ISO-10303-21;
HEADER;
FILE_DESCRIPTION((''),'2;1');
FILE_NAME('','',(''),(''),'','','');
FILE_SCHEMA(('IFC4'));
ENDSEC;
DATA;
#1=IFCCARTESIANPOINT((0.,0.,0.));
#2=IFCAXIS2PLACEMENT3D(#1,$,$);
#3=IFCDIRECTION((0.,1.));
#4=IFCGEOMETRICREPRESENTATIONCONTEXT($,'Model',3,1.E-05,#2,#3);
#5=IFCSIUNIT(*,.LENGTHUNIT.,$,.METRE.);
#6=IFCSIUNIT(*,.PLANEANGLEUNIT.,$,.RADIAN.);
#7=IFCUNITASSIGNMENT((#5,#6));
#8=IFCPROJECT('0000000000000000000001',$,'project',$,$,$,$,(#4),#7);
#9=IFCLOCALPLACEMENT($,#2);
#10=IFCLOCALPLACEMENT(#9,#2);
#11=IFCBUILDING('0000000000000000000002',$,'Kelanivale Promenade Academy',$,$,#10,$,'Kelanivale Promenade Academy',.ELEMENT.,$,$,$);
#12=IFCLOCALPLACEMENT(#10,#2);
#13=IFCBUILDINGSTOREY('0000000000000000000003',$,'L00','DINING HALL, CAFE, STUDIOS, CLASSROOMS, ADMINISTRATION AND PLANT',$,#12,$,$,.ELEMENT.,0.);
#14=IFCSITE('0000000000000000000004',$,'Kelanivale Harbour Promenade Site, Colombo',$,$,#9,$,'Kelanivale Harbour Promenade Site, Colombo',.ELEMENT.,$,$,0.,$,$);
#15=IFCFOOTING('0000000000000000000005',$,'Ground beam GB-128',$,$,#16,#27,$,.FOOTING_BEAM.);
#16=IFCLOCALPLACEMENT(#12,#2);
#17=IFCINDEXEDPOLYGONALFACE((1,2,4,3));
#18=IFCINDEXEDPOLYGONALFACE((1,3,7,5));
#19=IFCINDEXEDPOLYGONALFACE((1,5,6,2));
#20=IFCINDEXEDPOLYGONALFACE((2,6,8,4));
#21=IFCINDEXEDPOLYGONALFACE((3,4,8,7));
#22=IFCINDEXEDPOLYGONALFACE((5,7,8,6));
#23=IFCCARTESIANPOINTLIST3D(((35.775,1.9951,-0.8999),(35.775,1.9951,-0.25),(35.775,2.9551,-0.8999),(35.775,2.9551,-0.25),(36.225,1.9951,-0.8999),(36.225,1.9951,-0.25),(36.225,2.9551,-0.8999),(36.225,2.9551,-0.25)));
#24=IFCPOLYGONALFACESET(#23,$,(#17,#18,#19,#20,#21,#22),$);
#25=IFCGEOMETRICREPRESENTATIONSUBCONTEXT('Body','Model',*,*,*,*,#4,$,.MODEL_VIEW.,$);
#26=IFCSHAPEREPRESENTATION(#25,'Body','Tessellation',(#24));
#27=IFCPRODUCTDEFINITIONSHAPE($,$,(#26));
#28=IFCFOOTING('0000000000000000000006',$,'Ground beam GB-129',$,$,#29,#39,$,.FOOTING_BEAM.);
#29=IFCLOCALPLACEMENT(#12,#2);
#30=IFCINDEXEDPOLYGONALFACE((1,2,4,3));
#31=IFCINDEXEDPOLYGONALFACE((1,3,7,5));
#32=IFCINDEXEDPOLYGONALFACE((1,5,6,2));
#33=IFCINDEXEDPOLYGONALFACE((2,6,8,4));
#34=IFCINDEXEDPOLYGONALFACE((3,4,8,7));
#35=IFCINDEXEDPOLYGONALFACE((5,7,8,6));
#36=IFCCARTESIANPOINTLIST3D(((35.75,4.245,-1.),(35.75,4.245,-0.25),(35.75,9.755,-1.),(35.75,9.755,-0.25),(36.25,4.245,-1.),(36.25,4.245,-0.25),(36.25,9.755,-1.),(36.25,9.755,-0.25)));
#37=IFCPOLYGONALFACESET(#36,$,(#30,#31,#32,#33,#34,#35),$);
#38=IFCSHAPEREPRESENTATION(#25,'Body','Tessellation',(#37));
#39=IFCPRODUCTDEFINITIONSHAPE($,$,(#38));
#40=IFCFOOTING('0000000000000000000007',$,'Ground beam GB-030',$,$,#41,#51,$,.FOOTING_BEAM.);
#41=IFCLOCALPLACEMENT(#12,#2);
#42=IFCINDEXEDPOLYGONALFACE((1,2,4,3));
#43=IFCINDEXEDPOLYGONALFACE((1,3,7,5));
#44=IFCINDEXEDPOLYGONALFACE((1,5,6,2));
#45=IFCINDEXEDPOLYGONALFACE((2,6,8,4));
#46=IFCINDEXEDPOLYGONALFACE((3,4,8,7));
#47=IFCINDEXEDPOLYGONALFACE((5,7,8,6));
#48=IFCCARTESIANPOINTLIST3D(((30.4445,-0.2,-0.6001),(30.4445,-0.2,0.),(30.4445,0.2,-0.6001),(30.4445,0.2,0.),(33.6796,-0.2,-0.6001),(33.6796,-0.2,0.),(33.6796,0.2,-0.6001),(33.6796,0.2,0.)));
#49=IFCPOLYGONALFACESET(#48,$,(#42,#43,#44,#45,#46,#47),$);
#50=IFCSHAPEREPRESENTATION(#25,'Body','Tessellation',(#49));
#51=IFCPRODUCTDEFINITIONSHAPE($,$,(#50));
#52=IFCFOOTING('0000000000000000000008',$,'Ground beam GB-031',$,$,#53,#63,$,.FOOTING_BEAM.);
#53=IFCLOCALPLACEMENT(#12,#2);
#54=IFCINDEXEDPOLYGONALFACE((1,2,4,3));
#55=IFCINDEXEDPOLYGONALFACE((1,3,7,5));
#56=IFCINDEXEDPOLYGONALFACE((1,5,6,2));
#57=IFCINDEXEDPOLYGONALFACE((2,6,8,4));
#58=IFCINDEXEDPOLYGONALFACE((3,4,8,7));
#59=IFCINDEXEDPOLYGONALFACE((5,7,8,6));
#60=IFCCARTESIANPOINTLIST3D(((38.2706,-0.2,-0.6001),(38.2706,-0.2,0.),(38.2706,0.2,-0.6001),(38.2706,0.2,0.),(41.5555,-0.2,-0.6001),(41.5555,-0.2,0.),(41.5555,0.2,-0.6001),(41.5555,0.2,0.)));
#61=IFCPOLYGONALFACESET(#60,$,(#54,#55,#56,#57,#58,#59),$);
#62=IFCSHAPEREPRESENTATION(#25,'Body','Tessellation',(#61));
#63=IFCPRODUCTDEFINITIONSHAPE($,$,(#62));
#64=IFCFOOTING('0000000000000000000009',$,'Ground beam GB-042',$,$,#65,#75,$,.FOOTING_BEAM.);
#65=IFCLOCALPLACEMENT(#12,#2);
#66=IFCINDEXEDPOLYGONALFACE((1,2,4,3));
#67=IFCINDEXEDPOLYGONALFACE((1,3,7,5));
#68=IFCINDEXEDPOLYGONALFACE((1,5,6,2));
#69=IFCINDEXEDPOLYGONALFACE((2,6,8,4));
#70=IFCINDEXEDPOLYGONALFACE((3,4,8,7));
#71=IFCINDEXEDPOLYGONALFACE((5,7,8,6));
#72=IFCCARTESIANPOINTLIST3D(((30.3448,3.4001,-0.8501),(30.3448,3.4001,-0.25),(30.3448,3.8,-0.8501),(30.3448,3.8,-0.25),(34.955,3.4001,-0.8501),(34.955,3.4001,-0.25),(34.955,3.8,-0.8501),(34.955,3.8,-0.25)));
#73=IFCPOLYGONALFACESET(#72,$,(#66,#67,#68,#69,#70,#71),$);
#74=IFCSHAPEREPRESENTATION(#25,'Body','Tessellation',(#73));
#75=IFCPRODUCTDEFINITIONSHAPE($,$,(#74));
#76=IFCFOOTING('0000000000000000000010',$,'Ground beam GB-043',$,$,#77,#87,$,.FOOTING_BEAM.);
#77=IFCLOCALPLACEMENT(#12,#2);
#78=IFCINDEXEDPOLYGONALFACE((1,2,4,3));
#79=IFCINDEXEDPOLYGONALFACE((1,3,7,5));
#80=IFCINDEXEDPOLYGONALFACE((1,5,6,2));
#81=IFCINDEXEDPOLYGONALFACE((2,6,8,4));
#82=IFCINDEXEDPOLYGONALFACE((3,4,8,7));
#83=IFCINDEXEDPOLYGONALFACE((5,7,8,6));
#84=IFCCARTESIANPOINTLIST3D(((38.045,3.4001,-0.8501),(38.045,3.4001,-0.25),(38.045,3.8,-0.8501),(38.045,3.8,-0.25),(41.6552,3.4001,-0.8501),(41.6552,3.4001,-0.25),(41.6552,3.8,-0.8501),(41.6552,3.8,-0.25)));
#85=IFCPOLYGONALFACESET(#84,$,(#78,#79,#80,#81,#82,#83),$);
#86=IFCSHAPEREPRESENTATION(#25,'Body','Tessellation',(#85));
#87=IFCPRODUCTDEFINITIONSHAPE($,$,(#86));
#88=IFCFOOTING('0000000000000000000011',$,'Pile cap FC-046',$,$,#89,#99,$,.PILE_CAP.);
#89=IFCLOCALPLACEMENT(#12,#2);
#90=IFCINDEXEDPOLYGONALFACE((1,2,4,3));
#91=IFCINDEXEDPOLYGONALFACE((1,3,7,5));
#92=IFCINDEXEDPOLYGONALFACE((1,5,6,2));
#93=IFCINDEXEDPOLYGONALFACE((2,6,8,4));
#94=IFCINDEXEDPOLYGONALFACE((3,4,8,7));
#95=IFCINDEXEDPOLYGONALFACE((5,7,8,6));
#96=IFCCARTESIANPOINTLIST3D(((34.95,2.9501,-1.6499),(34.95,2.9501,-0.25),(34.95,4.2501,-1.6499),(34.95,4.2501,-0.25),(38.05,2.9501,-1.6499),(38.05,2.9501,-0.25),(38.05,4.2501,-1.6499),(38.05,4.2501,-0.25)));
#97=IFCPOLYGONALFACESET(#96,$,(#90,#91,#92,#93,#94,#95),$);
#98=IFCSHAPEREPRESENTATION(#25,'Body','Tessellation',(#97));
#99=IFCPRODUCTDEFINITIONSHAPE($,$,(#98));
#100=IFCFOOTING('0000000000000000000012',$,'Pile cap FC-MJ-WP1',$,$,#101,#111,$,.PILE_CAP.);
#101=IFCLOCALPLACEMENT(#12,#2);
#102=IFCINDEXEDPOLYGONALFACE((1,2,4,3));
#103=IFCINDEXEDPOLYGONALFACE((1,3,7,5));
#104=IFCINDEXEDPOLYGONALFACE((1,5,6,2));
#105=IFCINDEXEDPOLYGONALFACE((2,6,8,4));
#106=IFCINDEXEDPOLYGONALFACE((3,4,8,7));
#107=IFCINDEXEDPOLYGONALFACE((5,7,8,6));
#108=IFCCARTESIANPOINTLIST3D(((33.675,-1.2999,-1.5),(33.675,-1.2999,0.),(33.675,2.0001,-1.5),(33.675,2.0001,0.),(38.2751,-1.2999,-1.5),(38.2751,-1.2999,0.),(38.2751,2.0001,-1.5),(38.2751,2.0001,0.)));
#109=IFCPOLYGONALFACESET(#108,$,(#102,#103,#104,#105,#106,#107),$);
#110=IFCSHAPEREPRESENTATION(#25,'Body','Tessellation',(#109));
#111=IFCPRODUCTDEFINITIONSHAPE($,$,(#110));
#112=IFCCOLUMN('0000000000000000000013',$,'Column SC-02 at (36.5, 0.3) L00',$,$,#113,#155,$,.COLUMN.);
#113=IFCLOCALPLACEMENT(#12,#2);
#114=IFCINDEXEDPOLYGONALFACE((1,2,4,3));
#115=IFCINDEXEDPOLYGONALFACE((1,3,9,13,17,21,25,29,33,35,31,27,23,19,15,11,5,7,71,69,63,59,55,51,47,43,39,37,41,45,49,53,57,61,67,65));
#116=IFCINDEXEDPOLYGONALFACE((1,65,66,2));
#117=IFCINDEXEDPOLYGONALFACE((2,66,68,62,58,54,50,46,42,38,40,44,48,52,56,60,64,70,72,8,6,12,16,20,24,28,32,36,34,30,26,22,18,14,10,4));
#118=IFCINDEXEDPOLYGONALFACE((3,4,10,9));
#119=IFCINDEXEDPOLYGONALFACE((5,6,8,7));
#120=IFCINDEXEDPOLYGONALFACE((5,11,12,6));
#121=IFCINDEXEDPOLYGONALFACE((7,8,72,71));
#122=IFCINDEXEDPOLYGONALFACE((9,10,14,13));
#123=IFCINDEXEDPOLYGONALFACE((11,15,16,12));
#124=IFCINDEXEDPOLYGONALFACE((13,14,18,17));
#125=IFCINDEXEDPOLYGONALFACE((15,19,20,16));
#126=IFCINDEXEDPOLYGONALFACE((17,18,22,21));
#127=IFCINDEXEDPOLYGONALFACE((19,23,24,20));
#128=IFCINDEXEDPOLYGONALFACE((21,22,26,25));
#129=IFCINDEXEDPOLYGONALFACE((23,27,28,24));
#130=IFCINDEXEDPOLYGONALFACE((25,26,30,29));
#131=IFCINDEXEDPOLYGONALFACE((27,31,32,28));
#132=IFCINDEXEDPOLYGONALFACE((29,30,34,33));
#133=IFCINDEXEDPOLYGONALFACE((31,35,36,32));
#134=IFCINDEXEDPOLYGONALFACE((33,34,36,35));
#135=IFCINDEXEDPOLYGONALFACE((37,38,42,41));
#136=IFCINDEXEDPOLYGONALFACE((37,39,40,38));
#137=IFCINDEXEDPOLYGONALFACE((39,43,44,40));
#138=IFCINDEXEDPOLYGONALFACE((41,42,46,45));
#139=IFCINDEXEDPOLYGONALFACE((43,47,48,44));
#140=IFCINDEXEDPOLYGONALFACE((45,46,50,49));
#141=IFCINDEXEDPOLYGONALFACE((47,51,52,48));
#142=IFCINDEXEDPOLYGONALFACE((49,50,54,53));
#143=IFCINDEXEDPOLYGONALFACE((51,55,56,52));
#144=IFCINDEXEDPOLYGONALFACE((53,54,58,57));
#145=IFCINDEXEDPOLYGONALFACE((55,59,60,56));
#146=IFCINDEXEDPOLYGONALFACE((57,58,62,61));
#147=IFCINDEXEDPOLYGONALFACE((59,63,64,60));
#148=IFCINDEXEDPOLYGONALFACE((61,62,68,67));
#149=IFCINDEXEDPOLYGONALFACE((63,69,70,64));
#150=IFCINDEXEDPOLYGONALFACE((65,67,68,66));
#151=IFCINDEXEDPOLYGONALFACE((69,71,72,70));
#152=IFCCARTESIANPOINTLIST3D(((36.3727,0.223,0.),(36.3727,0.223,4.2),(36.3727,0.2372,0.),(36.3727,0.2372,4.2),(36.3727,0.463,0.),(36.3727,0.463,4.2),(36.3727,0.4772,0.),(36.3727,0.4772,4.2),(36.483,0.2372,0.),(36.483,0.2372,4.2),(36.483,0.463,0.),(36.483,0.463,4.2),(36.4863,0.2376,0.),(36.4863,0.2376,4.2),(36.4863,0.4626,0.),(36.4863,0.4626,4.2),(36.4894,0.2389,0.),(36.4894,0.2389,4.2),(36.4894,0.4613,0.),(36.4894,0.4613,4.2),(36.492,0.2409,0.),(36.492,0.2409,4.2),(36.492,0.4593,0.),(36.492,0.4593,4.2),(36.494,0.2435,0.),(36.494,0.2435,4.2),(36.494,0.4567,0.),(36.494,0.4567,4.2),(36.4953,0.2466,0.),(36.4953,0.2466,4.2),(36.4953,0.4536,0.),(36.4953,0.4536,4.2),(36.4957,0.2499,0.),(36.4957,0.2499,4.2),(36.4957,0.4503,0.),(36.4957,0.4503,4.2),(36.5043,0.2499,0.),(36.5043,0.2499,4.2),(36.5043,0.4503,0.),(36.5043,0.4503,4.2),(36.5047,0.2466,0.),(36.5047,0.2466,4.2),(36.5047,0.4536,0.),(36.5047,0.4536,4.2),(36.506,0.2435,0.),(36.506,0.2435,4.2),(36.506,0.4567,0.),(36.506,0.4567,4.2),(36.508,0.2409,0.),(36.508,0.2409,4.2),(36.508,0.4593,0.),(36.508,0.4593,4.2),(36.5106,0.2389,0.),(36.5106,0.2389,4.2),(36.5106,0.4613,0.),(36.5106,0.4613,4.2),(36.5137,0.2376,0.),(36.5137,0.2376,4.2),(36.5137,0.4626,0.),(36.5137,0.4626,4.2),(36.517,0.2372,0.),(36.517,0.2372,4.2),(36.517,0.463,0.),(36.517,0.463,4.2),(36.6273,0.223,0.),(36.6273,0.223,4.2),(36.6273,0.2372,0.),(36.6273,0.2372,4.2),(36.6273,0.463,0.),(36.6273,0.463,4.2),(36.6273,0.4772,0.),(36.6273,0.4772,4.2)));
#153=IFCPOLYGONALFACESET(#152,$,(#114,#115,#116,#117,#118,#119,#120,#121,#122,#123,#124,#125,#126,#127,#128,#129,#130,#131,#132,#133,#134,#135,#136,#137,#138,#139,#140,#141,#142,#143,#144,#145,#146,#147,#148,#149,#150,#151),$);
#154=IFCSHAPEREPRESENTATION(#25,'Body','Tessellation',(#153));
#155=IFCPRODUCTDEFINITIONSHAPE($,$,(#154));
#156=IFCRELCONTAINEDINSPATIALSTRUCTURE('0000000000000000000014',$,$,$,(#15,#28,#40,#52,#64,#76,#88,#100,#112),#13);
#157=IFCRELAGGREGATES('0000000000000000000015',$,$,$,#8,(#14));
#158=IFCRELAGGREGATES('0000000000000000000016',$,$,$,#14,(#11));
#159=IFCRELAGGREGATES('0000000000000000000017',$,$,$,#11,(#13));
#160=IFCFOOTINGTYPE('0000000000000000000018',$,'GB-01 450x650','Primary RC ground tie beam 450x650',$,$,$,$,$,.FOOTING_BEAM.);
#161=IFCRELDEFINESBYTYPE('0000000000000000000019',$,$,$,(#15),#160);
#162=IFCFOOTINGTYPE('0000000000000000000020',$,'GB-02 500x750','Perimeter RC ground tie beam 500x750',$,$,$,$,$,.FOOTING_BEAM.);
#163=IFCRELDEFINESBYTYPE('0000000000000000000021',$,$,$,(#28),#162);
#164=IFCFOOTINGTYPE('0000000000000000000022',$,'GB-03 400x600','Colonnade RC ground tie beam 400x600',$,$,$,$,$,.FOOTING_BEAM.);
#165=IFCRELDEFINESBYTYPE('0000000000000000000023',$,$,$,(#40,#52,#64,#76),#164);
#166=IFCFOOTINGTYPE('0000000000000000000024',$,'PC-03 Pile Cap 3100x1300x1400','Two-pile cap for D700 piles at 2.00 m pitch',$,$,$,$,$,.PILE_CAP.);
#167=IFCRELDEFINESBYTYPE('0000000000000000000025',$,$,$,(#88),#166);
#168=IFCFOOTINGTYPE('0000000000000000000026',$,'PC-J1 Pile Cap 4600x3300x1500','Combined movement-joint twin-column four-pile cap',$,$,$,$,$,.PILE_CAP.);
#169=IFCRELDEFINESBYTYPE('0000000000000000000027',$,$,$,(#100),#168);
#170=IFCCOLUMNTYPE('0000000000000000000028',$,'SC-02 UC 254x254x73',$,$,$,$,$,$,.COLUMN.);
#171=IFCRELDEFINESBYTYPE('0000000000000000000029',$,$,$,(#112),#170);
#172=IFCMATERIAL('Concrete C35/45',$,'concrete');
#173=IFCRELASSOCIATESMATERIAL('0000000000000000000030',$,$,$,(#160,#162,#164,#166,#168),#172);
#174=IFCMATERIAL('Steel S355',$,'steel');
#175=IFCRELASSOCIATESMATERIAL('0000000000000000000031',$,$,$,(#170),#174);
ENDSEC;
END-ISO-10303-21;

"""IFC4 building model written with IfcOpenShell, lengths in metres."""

from ifc_helpers import new_model, si_unit, direction, frame, origin, origin_2d, place, context, subcontext, project, spatial, rectangle, i_section, extrude, material, material_profile, profile_set, type_object, element, save


model = new_model("IFC4")

# Units and contexts
model_context = context("Model", 3, precision=1e-05, world=origin(), true_north=direction((0.0, 1.0)))
body_context = subcontext(model_context, "Body", "Model", "MODEL_VIEW")
ifc_project = project(units=[si_unit("LENGTHUNIT", "METRE"), si_unit("PLANEANGLEUNIT", "RADIAN")], contexts=[model_context])

# Site, building, storey
site_placement = place(None, origin())
site = spatial("IfcSite", under=ifc_project, at=site_placement, Name="Kelanivale Harbour Promenade Site, Colombo", LongName="Kelanivale Harbour Promenade Site, Colombo", CompositionType="ELEMENT", RefElevation=0.0)
building_placement = place(site_placement, origin())
building = spatial("IfcBuilding", under=site, at=building_placement, Name="Kelanivale Promenade Academy", LongName="Kelanivale Promenade Academy", CompositionType="ELEMENT")
storey_placement = place(building_placement, origin())
storey = spatial("IfcBuildingStorey", under=building, at=storey_placement, Name="L00", Description="DINING HALL, CAFE, STUDIOS, CLASSROOMS, ADMINISTRATION AND PLANT", CompositionType="ELEMENT", Elevation=0.0)

# Shared definitions
ifc_material_1 = material(Name="Concrete C35/45", Category="concrete")

# Footings
footing_type_1 = type_object("IfcFootingType", Name="GB-01 450x650", Description="Primary RC ground tie beam 450x650", PredefinedType="FOOTING_BEAM", material=ifc_material_1)
footing_1_placement = place(storey_placement, frame((36.0, 2.4751, -0.8999), z_axis=(0.0, 0.0, 1.0), x_axis=(0.0, 1.0, 0.0)))
element("IfcFooting", 1, at=footing_1_placement, inside=storey, type_object=footing_type_1, Name="Ground beam GB-128", PredefinedType="FOOTING_BEAM", context=body_context, shape_type="SweptSolid", body=[
    extrude(rectangle(XDim=0.96, YDim=0.45, at=origin_2d()), origin(), (0.0, 0.0, 1.0), 0.6499),
])
footing_type_2 = type_object("IfcFootingType", Name="GB-02 500x750", Description="Perimeter RC ground tie beam 500x750", PredefinedType="FOOTING_BEAM", material=ifc_material_1)
footing_2_placement = place(storey_placement, frame((36.0, 7.0, -1.0), z_axis=(0.0, 0.0, 1.0), x_axis=(0.0, 1.0, 0.0)))
element("IfcFooting", 2, at=footing_2_placement, inside=storey, type_object=footing_type_2, Name="Ground beam GB-129", PredefinedType="FOOTING_BEAM", context=body_context, shape_type="SweptSolid", body=[
    extrude(rectangle(XDim=5.51, YDim=0.5, at=origin_2d()), origin(), (0.0, 0.0, 1.0), 0.75),
])
footing_type_3 = type_object("IfcFootingType", Name="GB-03 400x600", Description="Colonnade RC ground tie beam 400x600", PredefinedType="FOOTING_BEAM", material=ifc_material_1)
footing_3_placement = place(storey_placement, frame((32.062, 0.0, -0.6001), z_axis=(0.0, 0.0, 1.0), x_axis=(1.0, 0.0, 0.0)))
element("IfcFooting", 3, at=footing_3_placement, inside=storey, type_object=footing_type_3, Name="Ground beam GB-030", PredefinedType="FOOTING_BEAM", context=body_context, shape_type="SweptSolid", body=[
    extrude(rectangle(XDim=3.2351, YDim=0.3999, at=origin_2d()), origin(), (0.0, 0.0, 1.0), 0.6001),
])
footing_4_placement = place(storey_placement, frame((39.9131, 0.0, -0.6001), z_axis=(0.0, 0.0, 1.0), x_axis=(1.0, 0.0, 0.0)))
element("IfcFooting", 4, at=footing_4_placement, inside=storey, type_object=footing_type_3, Name="Ground beam GB-031", PredefinedType="FOOTING_BEAM", context=body_context, shape_type="SweptSolid", body=[
    extrude(rectangle(XDim=3.2849, YDim=0.3999, at=origin_2d()), origin(), (0.0, 0.0, 1.0), 0.6001),
])
footing_5_placement = place(storey_placement, frame((32.6499, 3.6001, -0.8501), z_axis=(0.0, 0.0, 1.0), x_axis=(1.0, 0.0, 0.0)))
element("IfcFooting", 5, at=footing_5_placement, inside=storey, type_object=footing_type_3, Name="Ground beam GB-042", PredefinedType="FOOTING_BEAM", context=body_context, shape_type="SweptSolid", body=[
    extrude(rectangle(XDim=4.6101, YDim=0.3999, at=origin_2d()), origin(), (0.0, 0.0, 1.0), 0.6001),
])
footing_6_placement = place(storey_placement, frame((39.8501, 3.6001, -0.8501), z_axis=(0.0, 0.0, 1.0), x_axis=(1.0, 0.0, 0.0)))
element("IfcFooting", 6, at=footing_6_placement, inside=storey, type_object=footing_type_3, Name="Ground beam GB-043", PredefinedType="FOOTING_BEAM", context=body_context, shape_type="SweptSolid", body=[
    extrude(rectangle(XDim=3.6101, YDim=0.3999, at=origin_2d()), origin(), (0.0, 0.0, 1.0), 0.6001),
])
footing_type_4 = type_object("IfcFootingType", Name="PC-03 Pile Cap 3100x1300x1400", Description="Two-pile cap for D700 piles at 2.00 m pitch", PredefinedType="PILE_CAP", material=ifc_material_1)
footing_7_placement = place(storey_placement, frame((36.5, 3.6001, -1.6499), z_axis=(0.0, 0.0, 1.0), x_axis=(1.0, 0.0, 0.0)))
element("IfcFooting", 7, at=footing_7_placement, inside=storey, type_object=footing_type_4, Name="Pile cap FC-046", PredefinedType="PILE_CAP", context=body_context, shape_type="SweptSolid", body=[
    extrude(rectangle(XDim=3.1001, YDim=1.3, at=origin_2d()), origin(), (0.0, 0.0, 1.0), 1.3999),
])
footing_type_5 = type_object("IfcFootingType", Name="PC-J1 Pile Cap 4600x3300x1500", Description="Combined movement-joint twin-column four-pile cap", PredefinedType="PILE_CAP", material=ifc_material_1)
footing_8_placement = place(storey_placement, frame((35.9751, 0.3501, -1.5), z_axis=(0.0, 0.0, 1.0), x_axis=(1.0, 0.0, 0.0)))
element("IfcFooting", 8, at=footing_8_placement, inside=storey, type_object=footing_type_5, Name="Pile cap FC-MJ-WP1", PredefinedType="PILE_CAP", context=body_context, shape_type="SweptSolid", body=[
    extrude(rectangle(XDim=4.6001, YDim=3.3, at=origin_2d()), origin(), (0.0, 0.0, 1.0), 1.5),
])

# Column
ifc_material_2 = material(Name="Steel S355", Category="steel")
ifc_material_profile_1 = material_profile(ifc_material_2, i_section(OverallWidth=0.2546, OverallDepth=0.2542, WebThickness=0.0085, FlangeThickness=0.0142, FilletRadius=0.0127, at=origin_2d()), Name="UC 254x254x73")
ifc_profile_set_1 = profile_set([ifc_material_profile_1], Name="Steel S355")
column_type = type_object("IfcColumnType", Name="SC-02 UC 254x254x73", PredefinedType="COLUMN", material=ifc_profile_set_1)
for number, where, z_axis, x_axis, name in (
    (9, (36.5, 0.3501, 0.0), (0.0, 0.0, 1.0), (1.0, 0.0, 0.0), "Column SC-02 at (36.5, 0.3) L00"),
):
    element("IfcColumn", number, at=place(storey_placement, frame(where, z_axis=z_axis, x_axis=x_axis)), inside=storey, type_object=column_type, Name=name, PredefinedType="COLUMN", context=body_context, shape_type="SweptSolid", body=[
        extrude(i_section(OverallWidth=0.2546, OverallDepth=0.2542, WebThickness=0.0085, FlangeThickness=0.0142, FilletRadius=0.0127, at=origin_2d()), origin(), (0.0, 0.0, 1.0), 4.2),
    ])

save(model, "model.ifc")
